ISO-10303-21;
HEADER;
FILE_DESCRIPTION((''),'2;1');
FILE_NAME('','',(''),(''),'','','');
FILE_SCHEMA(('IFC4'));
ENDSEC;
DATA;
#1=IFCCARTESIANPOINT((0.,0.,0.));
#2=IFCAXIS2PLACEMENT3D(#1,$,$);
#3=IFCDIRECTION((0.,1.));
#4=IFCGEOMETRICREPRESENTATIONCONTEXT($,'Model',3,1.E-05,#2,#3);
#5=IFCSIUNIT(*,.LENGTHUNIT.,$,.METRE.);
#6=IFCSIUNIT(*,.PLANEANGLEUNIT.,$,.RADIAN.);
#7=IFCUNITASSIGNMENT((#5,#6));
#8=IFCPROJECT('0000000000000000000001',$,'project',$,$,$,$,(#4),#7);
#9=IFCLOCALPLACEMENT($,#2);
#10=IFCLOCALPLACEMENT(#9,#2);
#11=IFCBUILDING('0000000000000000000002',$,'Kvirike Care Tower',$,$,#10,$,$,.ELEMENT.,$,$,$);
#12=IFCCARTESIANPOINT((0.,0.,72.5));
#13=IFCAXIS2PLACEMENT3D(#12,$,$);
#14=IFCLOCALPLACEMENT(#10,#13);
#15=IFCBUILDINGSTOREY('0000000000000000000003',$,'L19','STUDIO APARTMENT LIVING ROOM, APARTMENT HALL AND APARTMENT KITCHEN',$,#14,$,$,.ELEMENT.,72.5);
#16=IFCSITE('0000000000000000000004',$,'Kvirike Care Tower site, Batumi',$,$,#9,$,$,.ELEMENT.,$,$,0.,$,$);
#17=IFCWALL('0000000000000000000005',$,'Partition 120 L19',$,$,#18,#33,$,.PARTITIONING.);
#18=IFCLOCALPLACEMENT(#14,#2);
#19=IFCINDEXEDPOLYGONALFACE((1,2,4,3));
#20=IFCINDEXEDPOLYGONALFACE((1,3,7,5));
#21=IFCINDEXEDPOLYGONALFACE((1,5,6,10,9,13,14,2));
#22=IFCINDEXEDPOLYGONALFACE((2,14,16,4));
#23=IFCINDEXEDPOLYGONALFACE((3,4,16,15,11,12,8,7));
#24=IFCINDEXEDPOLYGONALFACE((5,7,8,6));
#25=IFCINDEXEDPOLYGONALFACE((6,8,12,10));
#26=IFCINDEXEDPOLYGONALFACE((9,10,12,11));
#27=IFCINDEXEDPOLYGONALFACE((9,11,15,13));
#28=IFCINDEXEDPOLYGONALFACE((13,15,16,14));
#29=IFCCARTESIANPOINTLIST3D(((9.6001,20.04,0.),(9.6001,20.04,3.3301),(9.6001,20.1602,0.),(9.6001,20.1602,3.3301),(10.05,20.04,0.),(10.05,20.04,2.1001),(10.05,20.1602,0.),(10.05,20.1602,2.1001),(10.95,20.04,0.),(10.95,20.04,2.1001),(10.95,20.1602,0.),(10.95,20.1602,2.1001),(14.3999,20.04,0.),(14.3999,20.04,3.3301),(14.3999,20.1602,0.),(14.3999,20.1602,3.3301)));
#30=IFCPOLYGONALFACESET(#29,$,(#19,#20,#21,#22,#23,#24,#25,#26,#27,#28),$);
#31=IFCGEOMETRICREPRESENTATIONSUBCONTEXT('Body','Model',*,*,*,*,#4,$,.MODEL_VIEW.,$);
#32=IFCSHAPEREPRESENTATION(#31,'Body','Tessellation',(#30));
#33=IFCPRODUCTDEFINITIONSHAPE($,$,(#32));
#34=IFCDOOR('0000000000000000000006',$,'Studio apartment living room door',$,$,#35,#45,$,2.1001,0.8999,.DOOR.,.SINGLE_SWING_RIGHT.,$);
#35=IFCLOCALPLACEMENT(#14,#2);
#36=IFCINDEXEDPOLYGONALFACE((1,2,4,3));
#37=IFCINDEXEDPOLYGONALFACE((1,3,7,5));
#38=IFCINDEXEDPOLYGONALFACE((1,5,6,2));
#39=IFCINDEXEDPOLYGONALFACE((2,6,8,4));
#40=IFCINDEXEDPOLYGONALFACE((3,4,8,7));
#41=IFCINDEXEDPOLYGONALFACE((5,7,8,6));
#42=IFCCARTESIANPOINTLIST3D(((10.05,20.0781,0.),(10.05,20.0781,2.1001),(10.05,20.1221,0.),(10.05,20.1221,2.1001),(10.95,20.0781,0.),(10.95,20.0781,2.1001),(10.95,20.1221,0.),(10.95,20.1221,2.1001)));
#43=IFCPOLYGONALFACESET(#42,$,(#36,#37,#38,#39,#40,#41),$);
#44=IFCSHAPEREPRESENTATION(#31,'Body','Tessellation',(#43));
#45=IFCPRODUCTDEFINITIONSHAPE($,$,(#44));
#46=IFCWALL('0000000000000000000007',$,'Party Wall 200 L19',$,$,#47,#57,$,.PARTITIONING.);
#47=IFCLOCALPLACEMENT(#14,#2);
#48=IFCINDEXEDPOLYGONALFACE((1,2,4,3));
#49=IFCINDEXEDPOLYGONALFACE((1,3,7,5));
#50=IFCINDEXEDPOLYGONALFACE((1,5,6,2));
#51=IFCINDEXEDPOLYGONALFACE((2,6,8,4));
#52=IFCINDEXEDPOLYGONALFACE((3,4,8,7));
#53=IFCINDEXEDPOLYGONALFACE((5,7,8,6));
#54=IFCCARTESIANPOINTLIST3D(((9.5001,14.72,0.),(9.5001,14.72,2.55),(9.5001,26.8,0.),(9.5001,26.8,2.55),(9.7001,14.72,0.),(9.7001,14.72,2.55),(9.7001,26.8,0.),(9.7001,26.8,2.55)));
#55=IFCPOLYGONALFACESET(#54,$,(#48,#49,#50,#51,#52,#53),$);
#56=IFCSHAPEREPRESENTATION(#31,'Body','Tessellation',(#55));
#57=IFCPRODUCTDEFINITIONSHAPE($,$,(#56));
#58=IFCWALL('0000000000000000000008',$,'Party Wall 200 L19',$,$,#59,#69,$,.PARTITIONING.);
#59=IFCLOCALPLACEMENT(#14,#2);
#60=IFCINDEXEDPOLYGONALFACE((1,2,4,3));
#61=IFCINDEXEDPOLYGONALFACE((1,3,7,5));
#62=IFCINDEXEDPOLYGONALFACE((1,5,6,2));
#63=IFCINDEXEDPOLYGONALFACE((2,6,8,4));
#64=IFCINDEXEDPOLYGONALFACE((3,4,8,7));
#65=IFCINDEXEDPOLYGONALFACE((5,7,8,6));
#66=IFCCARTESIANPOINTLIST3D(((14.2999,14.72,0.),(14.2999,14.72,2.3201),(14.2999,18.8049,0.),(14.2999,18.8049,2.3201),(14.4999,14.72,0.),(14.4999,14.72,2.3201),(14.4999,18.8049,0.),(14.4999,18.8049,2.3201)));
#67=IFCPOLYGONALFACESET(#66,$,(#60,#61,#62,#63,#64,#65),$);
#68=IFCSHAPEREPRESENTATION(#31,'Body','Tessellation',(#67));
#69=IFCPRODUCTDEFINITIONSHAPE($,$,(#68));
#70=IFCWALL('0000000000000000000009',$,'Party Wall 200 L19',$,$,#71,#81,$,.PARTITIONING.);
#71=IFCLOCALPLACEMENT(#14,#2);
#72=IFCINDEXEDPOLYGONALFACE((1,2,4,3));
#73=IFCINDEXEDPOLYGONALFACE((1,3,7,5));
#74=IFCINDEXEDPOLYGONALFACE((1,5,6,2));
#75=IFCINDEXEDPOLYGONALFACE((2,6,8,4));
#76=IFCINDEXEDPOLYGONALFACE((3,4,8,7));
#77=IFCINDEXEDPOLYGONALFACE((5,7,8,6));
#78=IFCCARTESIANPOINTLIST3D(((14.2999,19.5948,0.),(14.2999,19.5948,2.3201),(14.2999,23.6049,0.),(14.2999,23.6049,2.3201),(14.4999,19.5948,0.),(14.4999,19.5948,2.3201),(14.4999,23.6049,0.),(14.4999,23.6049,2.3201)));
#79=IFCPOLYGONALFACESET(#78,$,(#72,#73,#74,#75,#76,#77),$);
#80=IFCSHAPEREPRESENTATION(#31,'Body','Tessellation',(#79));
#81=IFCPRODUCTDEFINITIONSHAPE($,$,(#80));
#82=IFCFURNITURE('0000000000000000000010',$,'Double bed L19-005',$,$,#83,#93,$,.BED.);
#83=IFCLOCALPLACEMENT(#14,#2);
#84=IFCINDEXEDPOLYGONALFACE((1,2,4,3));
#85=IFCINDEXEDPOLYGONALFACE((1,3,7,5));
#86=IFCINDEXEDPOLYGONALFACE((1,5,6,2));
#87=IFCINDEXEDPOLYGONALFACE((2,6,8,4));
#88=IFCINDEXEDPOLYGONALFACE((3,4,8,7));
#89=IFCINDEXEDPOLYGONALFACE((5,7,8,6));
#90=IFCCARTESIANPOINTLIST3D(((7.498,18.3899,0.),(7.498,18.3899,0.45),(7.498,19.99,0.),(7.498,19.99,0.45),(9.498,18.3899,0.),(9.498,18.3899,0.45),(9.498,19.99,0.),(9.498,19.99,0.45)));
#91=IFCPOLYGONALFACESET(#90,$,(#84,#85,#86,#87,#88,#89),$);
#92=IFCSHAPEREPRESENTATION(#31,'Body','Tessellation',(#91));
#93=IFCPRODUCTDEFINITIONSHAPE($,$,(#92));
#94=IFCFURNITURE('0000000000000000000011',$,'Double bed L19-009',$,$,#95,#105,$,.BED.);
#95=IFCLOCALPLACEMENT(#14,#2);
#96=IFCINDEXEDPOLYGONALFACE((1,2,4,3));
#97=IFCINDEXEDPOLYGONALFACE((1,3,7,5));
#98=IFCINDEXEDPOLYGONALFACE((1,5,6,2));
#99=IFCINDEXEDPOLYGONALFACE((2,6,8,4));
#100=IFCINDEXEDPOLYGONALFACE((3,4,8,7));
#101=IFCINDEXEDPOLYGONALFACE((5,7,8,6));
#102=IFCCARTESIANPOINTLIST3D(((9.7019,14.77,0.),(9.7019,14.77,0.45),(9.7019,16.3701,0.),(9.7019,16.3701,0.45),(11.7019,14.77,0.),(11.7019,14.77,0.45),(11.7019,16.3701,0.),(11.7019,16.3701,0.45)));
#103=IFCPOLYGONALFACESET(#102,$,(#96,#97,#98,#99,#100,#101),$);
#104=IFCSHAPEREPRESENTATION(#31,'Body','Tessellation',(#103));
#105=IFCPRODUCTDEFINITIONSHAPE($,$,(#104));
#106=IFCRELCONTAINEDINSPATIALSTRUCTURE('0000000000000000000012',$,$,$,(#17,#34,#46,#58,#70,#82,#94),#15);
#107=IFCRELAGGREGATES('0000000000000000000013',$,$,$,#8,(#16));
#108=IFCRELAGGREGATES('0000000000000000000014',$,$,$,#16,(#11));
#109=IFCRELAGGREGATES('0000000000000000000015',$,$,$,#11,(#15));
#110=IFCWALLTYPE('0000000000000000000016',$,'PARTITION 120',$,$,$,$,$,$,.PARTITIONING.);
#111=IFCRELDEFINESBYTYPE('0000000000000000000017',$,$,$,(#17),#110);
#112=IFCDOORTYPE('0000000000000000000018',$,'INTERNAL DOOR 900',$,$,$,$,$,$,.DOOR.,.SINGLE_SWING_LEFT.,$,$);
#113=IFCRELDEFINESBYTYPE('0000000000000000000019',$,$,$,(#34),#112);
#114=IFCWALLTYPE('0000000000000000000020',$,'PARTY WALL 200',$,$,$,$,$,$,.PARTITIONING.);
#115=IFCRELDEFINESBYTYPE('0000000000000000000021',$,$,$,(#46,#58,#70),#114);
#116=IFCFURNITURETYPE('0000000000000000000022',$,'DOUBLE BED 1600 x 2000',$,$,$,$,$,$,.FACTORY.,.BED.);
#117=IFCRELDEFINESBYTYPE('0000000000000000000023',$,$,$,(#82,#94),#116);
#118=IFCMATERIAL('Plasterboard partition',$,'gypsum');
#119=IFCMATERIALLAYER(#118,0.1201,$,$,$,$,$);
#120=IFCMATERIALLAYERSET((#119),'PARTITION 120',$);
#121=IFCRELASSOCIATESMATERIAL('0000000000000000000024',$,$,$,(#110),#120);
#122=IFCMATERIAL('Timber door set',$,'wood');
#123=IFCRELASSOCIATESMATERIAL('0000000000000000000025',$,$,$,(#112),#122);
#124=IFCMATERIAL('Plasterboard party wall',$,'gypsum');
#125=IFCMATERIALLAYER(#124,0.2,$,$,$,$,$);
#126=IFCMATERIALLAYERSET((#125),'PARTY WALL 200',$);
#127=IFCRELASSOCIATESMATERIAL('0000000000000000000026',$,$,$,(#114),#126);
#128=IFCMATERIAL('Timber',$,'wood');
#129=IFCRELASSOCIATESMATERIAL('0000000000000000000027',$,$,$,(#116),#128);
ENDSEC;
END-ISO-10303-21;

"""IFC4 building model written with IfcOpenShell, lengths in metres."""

from ifc_helpers import new_model, si_unit, direction, frame, frame_2d, origin, origin_2d, place, context, subcontext, project, spatial, rectangle, extrude, material, layer, layer_set, type_object, element, fill, save


model = new_model("IFC4")

# Units and contexts
model_context = context("Model", 3, precision=1e-05, world=origin(), true_north=direction((0.0, 1.0)))
body_context = subcontext(model_context, "Body", "Model", "MODEL_VIEW")
ifc_project = project(units=[si_unit("LENGTHUNIT", "METRE"), si_unit("PLANEANGLEUNIT", "RADIAN")], contexts=[model_context])

# Site, building, storey
site_placement = place(None, origin())
site = spatial("IfcSite", under=ifc_project, at=site_placement, Name="Kvirike Care Tower site, Batumi", CompositionType="ELEMENT", RefElevation=0.0)
building_placement = place(site_placement, origin())
building = spatial("IfcBuilding", under=site, at=building_placement, Name="Kvirike Care Tower", CompositionType="ELEMENT")
storey_placement = place(building_placement, frame((0.0, 0.0, 72.5)))
storey = spatial("IfcBuildingStorey", under=building, at=storey_placement, Name="L19", Description="STUDIO APARTMENT LIVING ROOM, APARTMENT HALL AND APARTMENT KITCHEN", CompositionType="ELEMENT", Elevation=72.5)

# Wall, opening, door
ifc_material_1 = material(Name="Plasterboard partition", Category="gypsum")
ifc_layer_1 = layer(ifc_material_1, 0.1201)
ifc_layer_set_1 = layer_set([ifc_layer_1], Name="PARTITION 120")
wall_type_1 = type_object("IfcWallType", Name="PARTITION 120", PredefinedType="PARTITIONING", material=ifc_layer_set_1)
ifc_material_2 = material(Name="Timber door set", Category="wood")
door_type = type_object("IfcDoorType", Name="INTERNAL DOOR 900", OperationType="SINGLE_SWING_LEFT", PredefinedType="DOOR", material=ifc_material_2)
wall_1_placement = place(storey_placement, frame((9.6001, 20.1001, 0.0), z_axis=(0.0, 0.0, 1.0), x_axis=(1.0, 0.0, 0.0)))
wall_1 = element("IfcWall", 1, at=wall_1_placement, inside=storey, type_object=wall_type_1, Name="Partition 120 L19", PredefinedType="PARTITIONING", context=body_context, shape_type="SweptSolid", body=[
    extrude(rectangle(XDim=4.7998, YDim=0.1201, at=frame_2d((2.3999, 0.0))), origin(), (0.0, 0.0, 1.0), 3.3301),
])
opening_1_placement = place(wall_1_placement, frame((0.45, 0.0, 0.0)))
opening_1 = element("IfcOpeningElement", 2, at=opening_1_placement, cuts=wall_1, PredefinedType="OPENING", context=body_context, shape_type="SweptSolid", body=[
    extrude(rectangle(XDim=0.8999, YDim=2.1001, at=frame_2d((0.45, 1.05))), frame((0.0, 0.0706, 0.0), z_axis=(0.0, -1.0, 0.0), x_axis=(1.0, 0.0, 0.0)), (0.0, 0.0, 1.0), 0.1411),
])
door_1_placement = place(opening_1_placement, origin())
door_1 = element("IfcDoor", 3, at=door_1_placement, inside=storey, type_object=door_type, Name="Studio apartment living room door", OperationType="SINGLE_SWING_RIGHT", OverallHeight=2.1001, OverallWidth=0.8999, PredefinedType="DOOR", context=body_context, shape_type="SweptSolid", body=[
    extrude(rectangle(XDim=0.8999, YDim=2.1001, at=frame_2d((0.45, 1.05))), frame((0.0, 0.022, 0.0), z_axis=(0.0, -1.0, 0.0), x_axis=(1.0, 0.0, 0.0)), (0.0, 0.0, 1.0), 0.0439),
])
fill(opening_1, door_1)

# Walls
ifc_material_3 = material(Name="Plasterboard party wall", Category="gypsum")
ifc_layer_2 = layer(ifc_material_3, 0.2)
ifc_layer_set_2 = layer_set([ifc_layer_2], Name="PARTY WALL 200")
wall_type_2 = type_object("IfcWallType", Name="PARTY WALL 200", PredefinedType="PARTITIONING", material=ifc_layer_set_2)
wall_2_placement = place(storey_placement, frame((9.6001, 14.72, 0.0), z_axis=(0.0, 0.0, 1.0), x_axis=(0.0, 1.0, 0.0)))
element("IfcWall", 4, at=wall_2_placement, inside=storey, type_object=wall_type_2, Name="Party Wall 200 L19", PredefinedType="PARTITIONING", context=body_context, shape_type="SweptSolid", body=[
    extrude(rectangle(XDim=12.0801, YDim=0.2, at=frame_2d((6.04, 0.0))), origin(), (0.0, 0.0, 1.0), 2.55),
])
wall_3_placement = place(storey_placement, frame((14.3999, 14.72, 0.0), z_axis=(0.0, 0.0, 1.0), x_axis=(0.0, 1.0, 0.0)))
element("IfcWall", 5, at=wall_3_placement, inside=storey, type_object=wall_type_2, Name="Party Wall 200 L19", PredefinedType="PARTITIONING", context=body_context, shape_type="SweptSolid", body=[
    extrude(rectangle(XDim=4.085, YDim=0.2, at=frame_2d((2.0425, 0.0))), origin(), (0.0, 0.0, 1.0), 2.3201),
])
wall_4_placement = place(storey_placement, frame((14.3999, 19.595, 0.0), z_axis=(0.0, 0.0, 1.0), x_axis=(0.0, 1.0, 0.0)))
element("IfcWall", 6, at=wall_4_placement, inside=storey, type_object=wall_type_2, Name="Party Wall 200 L19", PredefinedType="PARTITIONING", context=body_context, shape_type="SweptSolid", body=[
    extrude(rectangle(XDim=4.01, YDim=0.2, at=frame_2d((2.0049, 0.0))), origin(), (0.0, 0.0, 1.0), 2.3201),
])

# Furniture
ifc_material_4 = material(Name="Timber", Category="wood")
furniture_type = type_object("IfcFurnitureType", Name="DOUBLE BED 1600 x 2000", AssemblyPlace="FACTORY", PredefinedType="BED", material=ifc_material_4)
for number, where, z_axis, x_axis, name in (
    (7, (8.498, 19.1899, 0.0), (0.0, 0.0, 1.0), (0.0, -1.0, 0.0), "Double bed L19-005"),
    (8, (10.7019, 15.5701, 0.0), (0.0, 0.0, 1.0), (0.0, 1.0, 0.0), "Double bed L19-009"),
):
    element("IfcFurniture", number, at=place(storey_placement, frame(where, z_axis=z_axis, x_axis=x_axis)), inside=storey, type_object=furniture_type, Name=name, PredefinedType="BED", context=body_context, shape_type="SweptSolid", body=[
        extrude(rectangle(XDim=1.6001, YDim=2.0, at=origin_2d()), origin(), (0.0, 0.0, 1.0), 0.45),
    ])

save(model, "model.ifc")
